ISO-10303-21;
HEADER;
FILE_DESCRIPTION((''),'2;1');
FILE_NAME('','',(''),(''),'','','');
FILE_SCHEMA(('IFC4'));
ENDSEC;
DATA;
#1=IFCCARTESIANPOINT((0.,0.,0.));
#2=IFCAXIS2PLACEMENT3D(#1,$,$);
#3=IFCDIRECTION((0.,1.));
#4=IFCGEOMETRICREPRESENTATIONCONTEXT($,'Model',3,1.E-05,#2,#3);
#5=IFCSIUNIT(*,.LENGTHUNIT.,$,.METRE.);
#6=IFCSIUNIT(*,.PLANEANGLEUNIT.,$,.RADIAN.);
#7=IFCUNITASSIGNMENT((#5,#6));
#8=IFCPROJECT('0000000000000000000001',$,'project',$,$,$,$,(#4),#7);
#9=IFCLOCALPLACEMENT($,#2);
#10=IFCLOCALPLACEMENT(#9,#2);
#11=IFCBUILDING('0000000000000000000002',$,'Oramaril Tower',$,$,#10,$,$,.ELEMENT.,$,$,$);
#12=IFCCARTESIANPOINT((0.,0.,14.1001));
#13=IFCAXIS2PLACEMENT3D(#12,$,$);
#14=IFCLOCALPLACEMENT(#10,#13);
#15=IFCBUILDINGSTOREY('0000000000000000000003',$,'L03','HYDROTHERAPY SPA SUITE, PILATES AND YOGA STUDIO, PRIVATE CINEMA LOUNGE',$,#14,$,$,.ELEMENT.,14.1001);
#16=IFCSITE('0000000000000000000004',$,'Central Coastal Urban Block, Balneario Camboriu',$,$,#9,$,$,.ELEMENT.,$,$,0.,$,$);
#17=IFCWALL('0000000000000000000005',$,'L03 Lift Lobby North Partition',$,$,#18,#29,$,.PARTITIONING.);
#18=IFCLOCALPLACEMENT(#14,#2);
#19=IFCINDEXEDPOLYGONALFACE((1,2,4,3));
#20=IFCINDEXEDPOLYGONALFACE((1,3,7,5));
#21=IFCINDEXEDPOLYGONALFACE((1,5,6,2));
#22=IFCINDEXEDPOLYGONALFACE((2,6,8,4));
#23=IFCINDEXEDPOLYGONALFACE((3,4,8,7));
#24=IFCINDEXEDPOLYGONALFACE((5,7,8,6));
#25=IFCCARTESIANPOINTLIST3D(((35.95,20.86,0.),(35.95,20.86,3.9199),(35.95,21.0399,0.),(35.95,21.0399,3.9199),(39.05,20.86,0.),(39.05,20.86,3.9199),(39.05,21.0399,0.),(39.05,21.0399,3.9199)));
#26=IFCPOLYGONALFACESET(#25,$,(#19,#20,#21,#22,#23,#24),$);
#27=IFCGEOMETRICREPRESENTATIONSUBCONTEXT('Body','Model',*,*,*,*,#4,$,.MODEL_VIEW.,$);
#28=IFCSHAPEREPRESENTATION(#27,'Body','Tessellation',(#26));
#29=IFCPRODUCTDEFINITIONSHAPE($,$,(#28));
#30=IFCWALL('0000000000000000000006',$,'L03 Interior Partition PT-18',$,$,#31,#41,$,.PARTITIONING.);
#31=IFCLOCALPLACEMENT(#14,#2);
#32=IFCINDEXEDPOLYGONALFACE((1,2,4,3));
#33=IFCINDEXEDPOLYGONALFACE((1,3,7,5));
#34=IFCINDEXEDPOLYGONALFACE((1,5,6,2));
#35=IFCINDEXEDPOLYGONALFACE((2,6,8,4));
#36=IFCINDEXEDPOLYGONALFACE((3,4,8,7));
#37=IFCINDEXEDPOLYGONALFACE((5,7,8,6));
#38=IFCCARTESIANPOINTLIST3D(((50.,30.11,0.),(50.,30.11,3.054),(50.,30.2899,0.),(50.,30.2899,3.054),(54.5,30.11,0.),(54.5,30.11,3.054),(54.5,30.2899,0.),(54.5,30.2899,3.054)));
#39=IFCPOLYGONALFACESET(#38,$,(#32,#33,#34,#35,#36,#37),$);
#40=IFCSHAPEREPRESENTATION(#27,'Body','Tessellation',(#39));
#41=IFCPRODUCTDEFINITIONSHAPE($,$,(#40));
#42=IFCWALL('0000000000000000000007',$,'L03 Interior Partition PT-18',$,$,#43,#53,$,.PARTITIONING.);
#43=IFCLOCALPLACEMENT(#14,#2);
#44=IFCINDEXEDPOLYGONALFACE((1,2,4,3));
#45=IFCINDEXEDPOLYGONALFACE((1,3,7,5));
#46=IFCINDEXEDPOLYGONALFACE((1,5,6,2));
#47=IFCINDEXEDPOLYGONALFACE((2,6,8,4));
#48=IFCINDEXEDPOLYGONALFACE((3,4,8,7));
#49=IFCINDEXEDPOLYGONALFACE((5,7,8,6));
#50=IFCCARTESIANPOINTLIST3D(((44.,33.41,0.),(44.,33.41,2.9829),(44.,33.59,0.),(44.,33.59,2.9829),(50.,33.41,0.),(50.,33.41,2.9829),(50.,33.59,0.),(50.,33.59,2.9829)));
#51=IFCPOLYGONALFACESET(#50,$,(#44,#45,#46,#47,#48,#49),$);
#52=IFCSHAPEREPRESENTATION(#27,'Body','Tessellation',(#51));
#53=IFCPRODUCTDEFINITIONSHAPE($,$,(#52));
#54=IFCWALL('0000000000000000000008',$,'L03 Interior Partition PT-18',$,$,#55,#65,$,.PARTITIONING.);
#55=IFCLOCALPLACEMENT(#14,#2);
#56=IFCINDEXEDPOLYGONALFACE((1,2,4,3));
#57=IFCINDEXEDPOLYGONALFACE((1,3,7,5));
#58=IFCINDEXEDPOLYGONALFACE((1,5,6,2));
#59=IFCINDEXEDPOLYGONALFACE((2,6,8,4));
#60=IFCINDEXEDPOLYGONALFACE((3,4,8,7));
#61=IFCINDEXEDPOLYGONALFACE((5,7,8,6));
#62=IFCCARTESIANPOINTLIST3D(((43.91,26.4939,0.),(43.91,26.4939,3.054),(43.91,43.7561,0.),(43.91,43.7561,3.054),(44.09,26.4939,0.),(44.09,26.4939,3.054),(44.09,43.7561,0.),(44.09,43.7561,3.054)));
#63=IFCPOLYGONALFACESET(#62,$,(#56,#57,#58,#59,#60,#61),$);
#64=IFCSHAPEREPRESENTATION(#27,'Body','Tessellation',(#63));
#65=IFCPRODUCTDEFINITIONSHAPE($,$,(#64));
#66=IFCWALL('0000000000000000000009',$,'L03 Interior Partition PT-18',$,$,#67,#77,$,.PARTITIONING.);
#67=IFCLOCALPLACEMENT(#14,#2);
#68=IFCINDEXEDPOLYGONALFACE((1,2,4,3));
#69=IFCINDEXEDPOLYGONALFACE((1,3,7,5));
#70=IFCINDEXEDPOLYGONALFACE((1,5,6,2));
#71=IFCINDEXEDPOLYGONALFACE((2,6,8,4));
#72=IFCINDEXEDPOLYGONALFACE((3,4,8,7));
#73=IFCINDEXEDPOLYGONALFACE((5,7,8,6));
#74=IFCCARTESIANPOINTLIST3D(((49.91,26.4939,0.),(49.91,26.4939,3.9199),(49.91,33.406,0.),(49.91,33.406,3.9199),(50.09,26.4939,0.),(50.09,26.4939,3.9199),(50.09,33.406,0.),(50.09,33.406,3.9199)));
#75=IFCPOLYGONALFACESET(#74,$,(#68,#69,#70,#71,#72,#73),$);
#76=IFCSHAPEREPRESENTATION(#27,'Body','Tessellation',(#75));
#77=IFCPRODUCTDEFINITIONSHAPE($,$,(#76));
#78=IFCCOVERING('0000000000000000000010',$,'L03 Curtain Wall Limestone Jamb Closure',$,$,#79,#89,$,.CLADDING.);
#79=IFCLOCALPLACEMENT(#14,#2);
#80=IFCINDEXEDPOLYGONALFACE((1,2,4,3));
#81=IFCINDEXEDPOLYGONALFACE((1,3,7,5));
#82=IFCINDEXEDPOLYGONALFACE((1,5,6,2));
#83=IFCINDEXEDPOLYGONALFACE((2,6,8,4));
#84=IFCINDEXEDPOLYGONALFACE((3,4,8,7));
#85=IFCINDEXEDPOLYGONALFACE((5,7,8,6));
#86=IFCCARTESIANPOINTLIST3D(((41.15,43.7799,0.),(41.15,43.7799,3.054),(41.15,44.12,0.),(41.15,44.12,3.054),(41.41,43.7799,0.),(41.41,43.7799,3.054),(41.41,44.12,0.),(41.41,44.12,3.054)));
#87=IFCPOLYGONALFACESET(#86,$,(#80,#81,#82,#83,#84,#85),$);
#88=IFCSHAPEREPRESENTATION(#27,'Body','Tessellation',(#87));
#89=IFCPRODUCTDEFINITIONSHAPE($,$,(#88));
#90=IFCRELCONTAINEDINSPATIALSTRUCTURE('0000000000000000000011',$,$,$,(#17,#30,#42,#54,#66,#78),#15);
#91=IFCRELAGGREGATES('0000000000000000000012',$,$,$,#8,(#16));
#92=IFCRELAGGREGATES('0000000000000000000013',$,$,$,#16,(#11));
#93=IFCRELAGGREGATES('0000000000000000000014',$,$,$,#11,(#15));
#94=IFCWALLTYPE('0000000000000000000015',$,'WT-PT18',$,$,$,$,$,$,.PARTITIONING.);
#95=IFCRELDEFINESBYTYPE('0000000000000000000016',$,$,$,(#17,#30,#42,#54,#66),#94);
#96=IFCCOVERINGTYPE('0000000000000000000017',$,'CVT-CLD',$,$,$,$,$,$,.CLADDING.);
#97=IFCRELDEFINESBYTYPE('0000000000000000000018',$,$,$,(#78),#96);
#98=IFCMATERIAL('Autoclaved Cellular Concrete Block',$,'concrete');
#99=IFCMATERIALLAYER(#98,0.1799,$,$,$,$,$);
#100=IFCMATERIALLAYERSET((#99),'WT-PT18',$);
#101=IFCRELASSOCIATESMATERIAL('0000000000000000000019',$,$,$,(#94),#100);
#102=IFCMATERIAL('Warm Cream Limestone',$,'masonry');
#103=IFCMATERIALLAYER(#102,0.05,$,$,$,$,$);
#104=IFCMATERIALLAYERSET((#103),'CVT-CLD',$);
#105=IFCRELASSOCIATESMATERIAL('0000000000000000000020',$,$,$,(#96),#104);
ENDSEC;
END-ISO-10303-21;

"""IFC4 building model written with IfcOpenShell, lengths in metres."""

from ifc_helpers import new_model, si_unit, direction, frame, frame_2d, origin, origin_2d, place, context, subcontext, project, spatial, rectangle, extrude, material, layer, layer_set, type_object, element, save


model = new_model("IFC4")

# Units and contexts
model_context = context("Model", 3, precision=1e-05, world=origin(), true_north=direction((0.0, 1.0)))
body_context = subcontext(model_context, "Body", "Model", "MODEL_VIEW")
ifc_project = project(units=[si_unit("LENGTHUNIT", "METRE"), si_unit("PLANEANGLEUNIT", "RADIAN")], contexts=[model_context])

# Site, building, storey
site_placement = place(None, origin())
site = spatial("IfcSite", under=ifc_project, at=site_placement, Name="Central Coastal Urban Block, Balneario Camboriu", CompositionType="ELEMENT", RefElevation=0.0)
building_placement = place(site_placement, origin())
building = spatial("IfcBuilding", under=site, at=building_placement, Name="Oramaril Tower", CompositionType="ELEMENT")
storey_placement = place(building_placement, frame((0.0, 0.0, 14.1001)))
storey = spatial("IfcBuildingStorey", under=building, at=storey_placement, Name="L03", Description="HYDROTHERAPY SPA SUITE, PILATES AND YOGA STUDIO, PRIVATE CINEMA LOUNGE", CompositionType="ELEMENT", Elevation=14.1001)

# Walls
ifc_material_1 = material(Name="Autoclaved Cellular Concrete Block", Category="concrete")
ifc_layer_1 = layer(ifc_material_1, 0.1799)
ifc_layer_set_1 = layer_set([ifc_layer_1], Name="WT-PT18")
wall_type_1 = type_object("IfcWallType", Name="WT-PT18", PredefinedType="PARTITIONING", material=ifc_layer_set_1)
wall_1_placement = place(storey_placement, frame((35.95, 20.95, 0.0), z_axis=(0.0, 0.0, 1.0), x_axis=(1.0, 0.0, 0.0)))
element("IfcWall", 1, at=wall_1_placement, inside=storey, type_object=wall_type_1, Name="L03 Lift Lobby North Partition", PredefinedType="PARTITIONING", context=body_context, shape_type="SweptSolid", body=[
    extrude(rectangle(XDim=3.1001, YDim=0.1799, at=frame_2d((1.55, 0.0))), origin(), (0.0, 0.0, 1.0), 3.9199),
])
wall_2_placement = place(storey_placement, frame((50.0, 30.2, 0.0), z_axis=(0.0, 0.0, 1.0), x_axis=(1.0, 0.0, 0.0)))
element("IfcWall", 2, at=wall_2_placement, inside=storey, type_object=wall_type_1, Name="L03 Interior Partition PT-18", PredefinedType="PARTITIONING", context=body_context, shape_type="SweptSolid", body=[
    extrude(rectangle(XDim=4.5, YDim=0.1799, at=frame_2d((2.25, 0.0))), origin(), (0.0, 0.0, 1.0), 3.054),
])
wall_3_placement = place(storey_placement, frame((44.0, 33.5, 0.0), z_axis=(0.0, 0.0, 1.0), x_axis=(1.0, 0.0, 0.0)))
element("IfcWall", 3, at=wall_3_placement, inside=storey, type_object=wall_type_1, Name="L03 Interior Partition PT-18", PredefinedType="PARTITIONING", context=body_context, shape_type="SweptSolid", body=[
    extrude(rectangle(XDim=6.0, YDim=0.1799, at=frame_2d((3.0, 0.0))), origin(), (0.0, 0.0, 1.0), 2.9829),
])
wall_4_placement = place(storey_placement, frame((44.0, 26.4939, 0.0), z_axis=(0.0, 0.0, 1.0), x_axis=(0.0, 1.0, 0.0)))
element("IfcWall", 4, at=wall_4_placement, inside=storey, type_object=wall_type_1, Name="L03 Interior Partition PT-18", PredefinedType="PARTITIONING", context=body_context, shape_type="SweptSolid", body=[
    extrude(rectangle(XDim=17.2622, YDim=0.1799, at=frame_2d((8.6311, 0.0))), origin(), (0.0, 0.0, 1.0), 3.054),
])
wall_5_placement = place(storey_placement, frame((50.0, 26.4939, 0.0), z_axis=(0.0, 0.0, 1.0), x_axis=(0.0, 1.0, 0.0)))
element("IfcWall", 5, at=wall_5_placement, inside=storey, type_object=wall_type_1, Name="L03 Interior Partition PT-18", PredefinedType="PARTITIONING", context=body_context, shape_type="SweptSolid", body=[
    extrude(rectangle(XDim=6.9121, YDim=0.1799, at=frame_2d((3.4561, 0.0))), origin(), (0.0, 0.0, 1.0), 3.9199),
])

# Covering
ifc_material_2 = material(Name="Warm Cream Limestone", Category="masonry")
ifc_layer_2 = layer(ifc_material_2, 0.05)
ifc_layer_set_2 = layer_set([ifc_layer_2], Name="CVT-CLD")
covering_type = type_object("IfcCoveringType", Name="CVT-CLD", PredefinedType="CLADDING", material=ifc_layer_set_2)
covering_placement = place(storey_placement, frame((41.28, 43.95, 0.0), z_axis=(0.0, 0.0, 1.0), x_axis=(-1.0, 0.0, 0.0)))
element("IfcCovering", 6, at=covering_placement, inside=storey, type_object=covering_type, Name="L03 Curtain Wall Limestone Jamb Closure", PredefinedType="CLADDING", context=body_context, shape_type="SweptSolid", body=[
    extrude(rectangle(XDim=0.26, YDim=0.3401, at=origin_2d()), origin(), (0.0, 0.0, 1.0), 3.054),
])

save(model, "model.ifc")
